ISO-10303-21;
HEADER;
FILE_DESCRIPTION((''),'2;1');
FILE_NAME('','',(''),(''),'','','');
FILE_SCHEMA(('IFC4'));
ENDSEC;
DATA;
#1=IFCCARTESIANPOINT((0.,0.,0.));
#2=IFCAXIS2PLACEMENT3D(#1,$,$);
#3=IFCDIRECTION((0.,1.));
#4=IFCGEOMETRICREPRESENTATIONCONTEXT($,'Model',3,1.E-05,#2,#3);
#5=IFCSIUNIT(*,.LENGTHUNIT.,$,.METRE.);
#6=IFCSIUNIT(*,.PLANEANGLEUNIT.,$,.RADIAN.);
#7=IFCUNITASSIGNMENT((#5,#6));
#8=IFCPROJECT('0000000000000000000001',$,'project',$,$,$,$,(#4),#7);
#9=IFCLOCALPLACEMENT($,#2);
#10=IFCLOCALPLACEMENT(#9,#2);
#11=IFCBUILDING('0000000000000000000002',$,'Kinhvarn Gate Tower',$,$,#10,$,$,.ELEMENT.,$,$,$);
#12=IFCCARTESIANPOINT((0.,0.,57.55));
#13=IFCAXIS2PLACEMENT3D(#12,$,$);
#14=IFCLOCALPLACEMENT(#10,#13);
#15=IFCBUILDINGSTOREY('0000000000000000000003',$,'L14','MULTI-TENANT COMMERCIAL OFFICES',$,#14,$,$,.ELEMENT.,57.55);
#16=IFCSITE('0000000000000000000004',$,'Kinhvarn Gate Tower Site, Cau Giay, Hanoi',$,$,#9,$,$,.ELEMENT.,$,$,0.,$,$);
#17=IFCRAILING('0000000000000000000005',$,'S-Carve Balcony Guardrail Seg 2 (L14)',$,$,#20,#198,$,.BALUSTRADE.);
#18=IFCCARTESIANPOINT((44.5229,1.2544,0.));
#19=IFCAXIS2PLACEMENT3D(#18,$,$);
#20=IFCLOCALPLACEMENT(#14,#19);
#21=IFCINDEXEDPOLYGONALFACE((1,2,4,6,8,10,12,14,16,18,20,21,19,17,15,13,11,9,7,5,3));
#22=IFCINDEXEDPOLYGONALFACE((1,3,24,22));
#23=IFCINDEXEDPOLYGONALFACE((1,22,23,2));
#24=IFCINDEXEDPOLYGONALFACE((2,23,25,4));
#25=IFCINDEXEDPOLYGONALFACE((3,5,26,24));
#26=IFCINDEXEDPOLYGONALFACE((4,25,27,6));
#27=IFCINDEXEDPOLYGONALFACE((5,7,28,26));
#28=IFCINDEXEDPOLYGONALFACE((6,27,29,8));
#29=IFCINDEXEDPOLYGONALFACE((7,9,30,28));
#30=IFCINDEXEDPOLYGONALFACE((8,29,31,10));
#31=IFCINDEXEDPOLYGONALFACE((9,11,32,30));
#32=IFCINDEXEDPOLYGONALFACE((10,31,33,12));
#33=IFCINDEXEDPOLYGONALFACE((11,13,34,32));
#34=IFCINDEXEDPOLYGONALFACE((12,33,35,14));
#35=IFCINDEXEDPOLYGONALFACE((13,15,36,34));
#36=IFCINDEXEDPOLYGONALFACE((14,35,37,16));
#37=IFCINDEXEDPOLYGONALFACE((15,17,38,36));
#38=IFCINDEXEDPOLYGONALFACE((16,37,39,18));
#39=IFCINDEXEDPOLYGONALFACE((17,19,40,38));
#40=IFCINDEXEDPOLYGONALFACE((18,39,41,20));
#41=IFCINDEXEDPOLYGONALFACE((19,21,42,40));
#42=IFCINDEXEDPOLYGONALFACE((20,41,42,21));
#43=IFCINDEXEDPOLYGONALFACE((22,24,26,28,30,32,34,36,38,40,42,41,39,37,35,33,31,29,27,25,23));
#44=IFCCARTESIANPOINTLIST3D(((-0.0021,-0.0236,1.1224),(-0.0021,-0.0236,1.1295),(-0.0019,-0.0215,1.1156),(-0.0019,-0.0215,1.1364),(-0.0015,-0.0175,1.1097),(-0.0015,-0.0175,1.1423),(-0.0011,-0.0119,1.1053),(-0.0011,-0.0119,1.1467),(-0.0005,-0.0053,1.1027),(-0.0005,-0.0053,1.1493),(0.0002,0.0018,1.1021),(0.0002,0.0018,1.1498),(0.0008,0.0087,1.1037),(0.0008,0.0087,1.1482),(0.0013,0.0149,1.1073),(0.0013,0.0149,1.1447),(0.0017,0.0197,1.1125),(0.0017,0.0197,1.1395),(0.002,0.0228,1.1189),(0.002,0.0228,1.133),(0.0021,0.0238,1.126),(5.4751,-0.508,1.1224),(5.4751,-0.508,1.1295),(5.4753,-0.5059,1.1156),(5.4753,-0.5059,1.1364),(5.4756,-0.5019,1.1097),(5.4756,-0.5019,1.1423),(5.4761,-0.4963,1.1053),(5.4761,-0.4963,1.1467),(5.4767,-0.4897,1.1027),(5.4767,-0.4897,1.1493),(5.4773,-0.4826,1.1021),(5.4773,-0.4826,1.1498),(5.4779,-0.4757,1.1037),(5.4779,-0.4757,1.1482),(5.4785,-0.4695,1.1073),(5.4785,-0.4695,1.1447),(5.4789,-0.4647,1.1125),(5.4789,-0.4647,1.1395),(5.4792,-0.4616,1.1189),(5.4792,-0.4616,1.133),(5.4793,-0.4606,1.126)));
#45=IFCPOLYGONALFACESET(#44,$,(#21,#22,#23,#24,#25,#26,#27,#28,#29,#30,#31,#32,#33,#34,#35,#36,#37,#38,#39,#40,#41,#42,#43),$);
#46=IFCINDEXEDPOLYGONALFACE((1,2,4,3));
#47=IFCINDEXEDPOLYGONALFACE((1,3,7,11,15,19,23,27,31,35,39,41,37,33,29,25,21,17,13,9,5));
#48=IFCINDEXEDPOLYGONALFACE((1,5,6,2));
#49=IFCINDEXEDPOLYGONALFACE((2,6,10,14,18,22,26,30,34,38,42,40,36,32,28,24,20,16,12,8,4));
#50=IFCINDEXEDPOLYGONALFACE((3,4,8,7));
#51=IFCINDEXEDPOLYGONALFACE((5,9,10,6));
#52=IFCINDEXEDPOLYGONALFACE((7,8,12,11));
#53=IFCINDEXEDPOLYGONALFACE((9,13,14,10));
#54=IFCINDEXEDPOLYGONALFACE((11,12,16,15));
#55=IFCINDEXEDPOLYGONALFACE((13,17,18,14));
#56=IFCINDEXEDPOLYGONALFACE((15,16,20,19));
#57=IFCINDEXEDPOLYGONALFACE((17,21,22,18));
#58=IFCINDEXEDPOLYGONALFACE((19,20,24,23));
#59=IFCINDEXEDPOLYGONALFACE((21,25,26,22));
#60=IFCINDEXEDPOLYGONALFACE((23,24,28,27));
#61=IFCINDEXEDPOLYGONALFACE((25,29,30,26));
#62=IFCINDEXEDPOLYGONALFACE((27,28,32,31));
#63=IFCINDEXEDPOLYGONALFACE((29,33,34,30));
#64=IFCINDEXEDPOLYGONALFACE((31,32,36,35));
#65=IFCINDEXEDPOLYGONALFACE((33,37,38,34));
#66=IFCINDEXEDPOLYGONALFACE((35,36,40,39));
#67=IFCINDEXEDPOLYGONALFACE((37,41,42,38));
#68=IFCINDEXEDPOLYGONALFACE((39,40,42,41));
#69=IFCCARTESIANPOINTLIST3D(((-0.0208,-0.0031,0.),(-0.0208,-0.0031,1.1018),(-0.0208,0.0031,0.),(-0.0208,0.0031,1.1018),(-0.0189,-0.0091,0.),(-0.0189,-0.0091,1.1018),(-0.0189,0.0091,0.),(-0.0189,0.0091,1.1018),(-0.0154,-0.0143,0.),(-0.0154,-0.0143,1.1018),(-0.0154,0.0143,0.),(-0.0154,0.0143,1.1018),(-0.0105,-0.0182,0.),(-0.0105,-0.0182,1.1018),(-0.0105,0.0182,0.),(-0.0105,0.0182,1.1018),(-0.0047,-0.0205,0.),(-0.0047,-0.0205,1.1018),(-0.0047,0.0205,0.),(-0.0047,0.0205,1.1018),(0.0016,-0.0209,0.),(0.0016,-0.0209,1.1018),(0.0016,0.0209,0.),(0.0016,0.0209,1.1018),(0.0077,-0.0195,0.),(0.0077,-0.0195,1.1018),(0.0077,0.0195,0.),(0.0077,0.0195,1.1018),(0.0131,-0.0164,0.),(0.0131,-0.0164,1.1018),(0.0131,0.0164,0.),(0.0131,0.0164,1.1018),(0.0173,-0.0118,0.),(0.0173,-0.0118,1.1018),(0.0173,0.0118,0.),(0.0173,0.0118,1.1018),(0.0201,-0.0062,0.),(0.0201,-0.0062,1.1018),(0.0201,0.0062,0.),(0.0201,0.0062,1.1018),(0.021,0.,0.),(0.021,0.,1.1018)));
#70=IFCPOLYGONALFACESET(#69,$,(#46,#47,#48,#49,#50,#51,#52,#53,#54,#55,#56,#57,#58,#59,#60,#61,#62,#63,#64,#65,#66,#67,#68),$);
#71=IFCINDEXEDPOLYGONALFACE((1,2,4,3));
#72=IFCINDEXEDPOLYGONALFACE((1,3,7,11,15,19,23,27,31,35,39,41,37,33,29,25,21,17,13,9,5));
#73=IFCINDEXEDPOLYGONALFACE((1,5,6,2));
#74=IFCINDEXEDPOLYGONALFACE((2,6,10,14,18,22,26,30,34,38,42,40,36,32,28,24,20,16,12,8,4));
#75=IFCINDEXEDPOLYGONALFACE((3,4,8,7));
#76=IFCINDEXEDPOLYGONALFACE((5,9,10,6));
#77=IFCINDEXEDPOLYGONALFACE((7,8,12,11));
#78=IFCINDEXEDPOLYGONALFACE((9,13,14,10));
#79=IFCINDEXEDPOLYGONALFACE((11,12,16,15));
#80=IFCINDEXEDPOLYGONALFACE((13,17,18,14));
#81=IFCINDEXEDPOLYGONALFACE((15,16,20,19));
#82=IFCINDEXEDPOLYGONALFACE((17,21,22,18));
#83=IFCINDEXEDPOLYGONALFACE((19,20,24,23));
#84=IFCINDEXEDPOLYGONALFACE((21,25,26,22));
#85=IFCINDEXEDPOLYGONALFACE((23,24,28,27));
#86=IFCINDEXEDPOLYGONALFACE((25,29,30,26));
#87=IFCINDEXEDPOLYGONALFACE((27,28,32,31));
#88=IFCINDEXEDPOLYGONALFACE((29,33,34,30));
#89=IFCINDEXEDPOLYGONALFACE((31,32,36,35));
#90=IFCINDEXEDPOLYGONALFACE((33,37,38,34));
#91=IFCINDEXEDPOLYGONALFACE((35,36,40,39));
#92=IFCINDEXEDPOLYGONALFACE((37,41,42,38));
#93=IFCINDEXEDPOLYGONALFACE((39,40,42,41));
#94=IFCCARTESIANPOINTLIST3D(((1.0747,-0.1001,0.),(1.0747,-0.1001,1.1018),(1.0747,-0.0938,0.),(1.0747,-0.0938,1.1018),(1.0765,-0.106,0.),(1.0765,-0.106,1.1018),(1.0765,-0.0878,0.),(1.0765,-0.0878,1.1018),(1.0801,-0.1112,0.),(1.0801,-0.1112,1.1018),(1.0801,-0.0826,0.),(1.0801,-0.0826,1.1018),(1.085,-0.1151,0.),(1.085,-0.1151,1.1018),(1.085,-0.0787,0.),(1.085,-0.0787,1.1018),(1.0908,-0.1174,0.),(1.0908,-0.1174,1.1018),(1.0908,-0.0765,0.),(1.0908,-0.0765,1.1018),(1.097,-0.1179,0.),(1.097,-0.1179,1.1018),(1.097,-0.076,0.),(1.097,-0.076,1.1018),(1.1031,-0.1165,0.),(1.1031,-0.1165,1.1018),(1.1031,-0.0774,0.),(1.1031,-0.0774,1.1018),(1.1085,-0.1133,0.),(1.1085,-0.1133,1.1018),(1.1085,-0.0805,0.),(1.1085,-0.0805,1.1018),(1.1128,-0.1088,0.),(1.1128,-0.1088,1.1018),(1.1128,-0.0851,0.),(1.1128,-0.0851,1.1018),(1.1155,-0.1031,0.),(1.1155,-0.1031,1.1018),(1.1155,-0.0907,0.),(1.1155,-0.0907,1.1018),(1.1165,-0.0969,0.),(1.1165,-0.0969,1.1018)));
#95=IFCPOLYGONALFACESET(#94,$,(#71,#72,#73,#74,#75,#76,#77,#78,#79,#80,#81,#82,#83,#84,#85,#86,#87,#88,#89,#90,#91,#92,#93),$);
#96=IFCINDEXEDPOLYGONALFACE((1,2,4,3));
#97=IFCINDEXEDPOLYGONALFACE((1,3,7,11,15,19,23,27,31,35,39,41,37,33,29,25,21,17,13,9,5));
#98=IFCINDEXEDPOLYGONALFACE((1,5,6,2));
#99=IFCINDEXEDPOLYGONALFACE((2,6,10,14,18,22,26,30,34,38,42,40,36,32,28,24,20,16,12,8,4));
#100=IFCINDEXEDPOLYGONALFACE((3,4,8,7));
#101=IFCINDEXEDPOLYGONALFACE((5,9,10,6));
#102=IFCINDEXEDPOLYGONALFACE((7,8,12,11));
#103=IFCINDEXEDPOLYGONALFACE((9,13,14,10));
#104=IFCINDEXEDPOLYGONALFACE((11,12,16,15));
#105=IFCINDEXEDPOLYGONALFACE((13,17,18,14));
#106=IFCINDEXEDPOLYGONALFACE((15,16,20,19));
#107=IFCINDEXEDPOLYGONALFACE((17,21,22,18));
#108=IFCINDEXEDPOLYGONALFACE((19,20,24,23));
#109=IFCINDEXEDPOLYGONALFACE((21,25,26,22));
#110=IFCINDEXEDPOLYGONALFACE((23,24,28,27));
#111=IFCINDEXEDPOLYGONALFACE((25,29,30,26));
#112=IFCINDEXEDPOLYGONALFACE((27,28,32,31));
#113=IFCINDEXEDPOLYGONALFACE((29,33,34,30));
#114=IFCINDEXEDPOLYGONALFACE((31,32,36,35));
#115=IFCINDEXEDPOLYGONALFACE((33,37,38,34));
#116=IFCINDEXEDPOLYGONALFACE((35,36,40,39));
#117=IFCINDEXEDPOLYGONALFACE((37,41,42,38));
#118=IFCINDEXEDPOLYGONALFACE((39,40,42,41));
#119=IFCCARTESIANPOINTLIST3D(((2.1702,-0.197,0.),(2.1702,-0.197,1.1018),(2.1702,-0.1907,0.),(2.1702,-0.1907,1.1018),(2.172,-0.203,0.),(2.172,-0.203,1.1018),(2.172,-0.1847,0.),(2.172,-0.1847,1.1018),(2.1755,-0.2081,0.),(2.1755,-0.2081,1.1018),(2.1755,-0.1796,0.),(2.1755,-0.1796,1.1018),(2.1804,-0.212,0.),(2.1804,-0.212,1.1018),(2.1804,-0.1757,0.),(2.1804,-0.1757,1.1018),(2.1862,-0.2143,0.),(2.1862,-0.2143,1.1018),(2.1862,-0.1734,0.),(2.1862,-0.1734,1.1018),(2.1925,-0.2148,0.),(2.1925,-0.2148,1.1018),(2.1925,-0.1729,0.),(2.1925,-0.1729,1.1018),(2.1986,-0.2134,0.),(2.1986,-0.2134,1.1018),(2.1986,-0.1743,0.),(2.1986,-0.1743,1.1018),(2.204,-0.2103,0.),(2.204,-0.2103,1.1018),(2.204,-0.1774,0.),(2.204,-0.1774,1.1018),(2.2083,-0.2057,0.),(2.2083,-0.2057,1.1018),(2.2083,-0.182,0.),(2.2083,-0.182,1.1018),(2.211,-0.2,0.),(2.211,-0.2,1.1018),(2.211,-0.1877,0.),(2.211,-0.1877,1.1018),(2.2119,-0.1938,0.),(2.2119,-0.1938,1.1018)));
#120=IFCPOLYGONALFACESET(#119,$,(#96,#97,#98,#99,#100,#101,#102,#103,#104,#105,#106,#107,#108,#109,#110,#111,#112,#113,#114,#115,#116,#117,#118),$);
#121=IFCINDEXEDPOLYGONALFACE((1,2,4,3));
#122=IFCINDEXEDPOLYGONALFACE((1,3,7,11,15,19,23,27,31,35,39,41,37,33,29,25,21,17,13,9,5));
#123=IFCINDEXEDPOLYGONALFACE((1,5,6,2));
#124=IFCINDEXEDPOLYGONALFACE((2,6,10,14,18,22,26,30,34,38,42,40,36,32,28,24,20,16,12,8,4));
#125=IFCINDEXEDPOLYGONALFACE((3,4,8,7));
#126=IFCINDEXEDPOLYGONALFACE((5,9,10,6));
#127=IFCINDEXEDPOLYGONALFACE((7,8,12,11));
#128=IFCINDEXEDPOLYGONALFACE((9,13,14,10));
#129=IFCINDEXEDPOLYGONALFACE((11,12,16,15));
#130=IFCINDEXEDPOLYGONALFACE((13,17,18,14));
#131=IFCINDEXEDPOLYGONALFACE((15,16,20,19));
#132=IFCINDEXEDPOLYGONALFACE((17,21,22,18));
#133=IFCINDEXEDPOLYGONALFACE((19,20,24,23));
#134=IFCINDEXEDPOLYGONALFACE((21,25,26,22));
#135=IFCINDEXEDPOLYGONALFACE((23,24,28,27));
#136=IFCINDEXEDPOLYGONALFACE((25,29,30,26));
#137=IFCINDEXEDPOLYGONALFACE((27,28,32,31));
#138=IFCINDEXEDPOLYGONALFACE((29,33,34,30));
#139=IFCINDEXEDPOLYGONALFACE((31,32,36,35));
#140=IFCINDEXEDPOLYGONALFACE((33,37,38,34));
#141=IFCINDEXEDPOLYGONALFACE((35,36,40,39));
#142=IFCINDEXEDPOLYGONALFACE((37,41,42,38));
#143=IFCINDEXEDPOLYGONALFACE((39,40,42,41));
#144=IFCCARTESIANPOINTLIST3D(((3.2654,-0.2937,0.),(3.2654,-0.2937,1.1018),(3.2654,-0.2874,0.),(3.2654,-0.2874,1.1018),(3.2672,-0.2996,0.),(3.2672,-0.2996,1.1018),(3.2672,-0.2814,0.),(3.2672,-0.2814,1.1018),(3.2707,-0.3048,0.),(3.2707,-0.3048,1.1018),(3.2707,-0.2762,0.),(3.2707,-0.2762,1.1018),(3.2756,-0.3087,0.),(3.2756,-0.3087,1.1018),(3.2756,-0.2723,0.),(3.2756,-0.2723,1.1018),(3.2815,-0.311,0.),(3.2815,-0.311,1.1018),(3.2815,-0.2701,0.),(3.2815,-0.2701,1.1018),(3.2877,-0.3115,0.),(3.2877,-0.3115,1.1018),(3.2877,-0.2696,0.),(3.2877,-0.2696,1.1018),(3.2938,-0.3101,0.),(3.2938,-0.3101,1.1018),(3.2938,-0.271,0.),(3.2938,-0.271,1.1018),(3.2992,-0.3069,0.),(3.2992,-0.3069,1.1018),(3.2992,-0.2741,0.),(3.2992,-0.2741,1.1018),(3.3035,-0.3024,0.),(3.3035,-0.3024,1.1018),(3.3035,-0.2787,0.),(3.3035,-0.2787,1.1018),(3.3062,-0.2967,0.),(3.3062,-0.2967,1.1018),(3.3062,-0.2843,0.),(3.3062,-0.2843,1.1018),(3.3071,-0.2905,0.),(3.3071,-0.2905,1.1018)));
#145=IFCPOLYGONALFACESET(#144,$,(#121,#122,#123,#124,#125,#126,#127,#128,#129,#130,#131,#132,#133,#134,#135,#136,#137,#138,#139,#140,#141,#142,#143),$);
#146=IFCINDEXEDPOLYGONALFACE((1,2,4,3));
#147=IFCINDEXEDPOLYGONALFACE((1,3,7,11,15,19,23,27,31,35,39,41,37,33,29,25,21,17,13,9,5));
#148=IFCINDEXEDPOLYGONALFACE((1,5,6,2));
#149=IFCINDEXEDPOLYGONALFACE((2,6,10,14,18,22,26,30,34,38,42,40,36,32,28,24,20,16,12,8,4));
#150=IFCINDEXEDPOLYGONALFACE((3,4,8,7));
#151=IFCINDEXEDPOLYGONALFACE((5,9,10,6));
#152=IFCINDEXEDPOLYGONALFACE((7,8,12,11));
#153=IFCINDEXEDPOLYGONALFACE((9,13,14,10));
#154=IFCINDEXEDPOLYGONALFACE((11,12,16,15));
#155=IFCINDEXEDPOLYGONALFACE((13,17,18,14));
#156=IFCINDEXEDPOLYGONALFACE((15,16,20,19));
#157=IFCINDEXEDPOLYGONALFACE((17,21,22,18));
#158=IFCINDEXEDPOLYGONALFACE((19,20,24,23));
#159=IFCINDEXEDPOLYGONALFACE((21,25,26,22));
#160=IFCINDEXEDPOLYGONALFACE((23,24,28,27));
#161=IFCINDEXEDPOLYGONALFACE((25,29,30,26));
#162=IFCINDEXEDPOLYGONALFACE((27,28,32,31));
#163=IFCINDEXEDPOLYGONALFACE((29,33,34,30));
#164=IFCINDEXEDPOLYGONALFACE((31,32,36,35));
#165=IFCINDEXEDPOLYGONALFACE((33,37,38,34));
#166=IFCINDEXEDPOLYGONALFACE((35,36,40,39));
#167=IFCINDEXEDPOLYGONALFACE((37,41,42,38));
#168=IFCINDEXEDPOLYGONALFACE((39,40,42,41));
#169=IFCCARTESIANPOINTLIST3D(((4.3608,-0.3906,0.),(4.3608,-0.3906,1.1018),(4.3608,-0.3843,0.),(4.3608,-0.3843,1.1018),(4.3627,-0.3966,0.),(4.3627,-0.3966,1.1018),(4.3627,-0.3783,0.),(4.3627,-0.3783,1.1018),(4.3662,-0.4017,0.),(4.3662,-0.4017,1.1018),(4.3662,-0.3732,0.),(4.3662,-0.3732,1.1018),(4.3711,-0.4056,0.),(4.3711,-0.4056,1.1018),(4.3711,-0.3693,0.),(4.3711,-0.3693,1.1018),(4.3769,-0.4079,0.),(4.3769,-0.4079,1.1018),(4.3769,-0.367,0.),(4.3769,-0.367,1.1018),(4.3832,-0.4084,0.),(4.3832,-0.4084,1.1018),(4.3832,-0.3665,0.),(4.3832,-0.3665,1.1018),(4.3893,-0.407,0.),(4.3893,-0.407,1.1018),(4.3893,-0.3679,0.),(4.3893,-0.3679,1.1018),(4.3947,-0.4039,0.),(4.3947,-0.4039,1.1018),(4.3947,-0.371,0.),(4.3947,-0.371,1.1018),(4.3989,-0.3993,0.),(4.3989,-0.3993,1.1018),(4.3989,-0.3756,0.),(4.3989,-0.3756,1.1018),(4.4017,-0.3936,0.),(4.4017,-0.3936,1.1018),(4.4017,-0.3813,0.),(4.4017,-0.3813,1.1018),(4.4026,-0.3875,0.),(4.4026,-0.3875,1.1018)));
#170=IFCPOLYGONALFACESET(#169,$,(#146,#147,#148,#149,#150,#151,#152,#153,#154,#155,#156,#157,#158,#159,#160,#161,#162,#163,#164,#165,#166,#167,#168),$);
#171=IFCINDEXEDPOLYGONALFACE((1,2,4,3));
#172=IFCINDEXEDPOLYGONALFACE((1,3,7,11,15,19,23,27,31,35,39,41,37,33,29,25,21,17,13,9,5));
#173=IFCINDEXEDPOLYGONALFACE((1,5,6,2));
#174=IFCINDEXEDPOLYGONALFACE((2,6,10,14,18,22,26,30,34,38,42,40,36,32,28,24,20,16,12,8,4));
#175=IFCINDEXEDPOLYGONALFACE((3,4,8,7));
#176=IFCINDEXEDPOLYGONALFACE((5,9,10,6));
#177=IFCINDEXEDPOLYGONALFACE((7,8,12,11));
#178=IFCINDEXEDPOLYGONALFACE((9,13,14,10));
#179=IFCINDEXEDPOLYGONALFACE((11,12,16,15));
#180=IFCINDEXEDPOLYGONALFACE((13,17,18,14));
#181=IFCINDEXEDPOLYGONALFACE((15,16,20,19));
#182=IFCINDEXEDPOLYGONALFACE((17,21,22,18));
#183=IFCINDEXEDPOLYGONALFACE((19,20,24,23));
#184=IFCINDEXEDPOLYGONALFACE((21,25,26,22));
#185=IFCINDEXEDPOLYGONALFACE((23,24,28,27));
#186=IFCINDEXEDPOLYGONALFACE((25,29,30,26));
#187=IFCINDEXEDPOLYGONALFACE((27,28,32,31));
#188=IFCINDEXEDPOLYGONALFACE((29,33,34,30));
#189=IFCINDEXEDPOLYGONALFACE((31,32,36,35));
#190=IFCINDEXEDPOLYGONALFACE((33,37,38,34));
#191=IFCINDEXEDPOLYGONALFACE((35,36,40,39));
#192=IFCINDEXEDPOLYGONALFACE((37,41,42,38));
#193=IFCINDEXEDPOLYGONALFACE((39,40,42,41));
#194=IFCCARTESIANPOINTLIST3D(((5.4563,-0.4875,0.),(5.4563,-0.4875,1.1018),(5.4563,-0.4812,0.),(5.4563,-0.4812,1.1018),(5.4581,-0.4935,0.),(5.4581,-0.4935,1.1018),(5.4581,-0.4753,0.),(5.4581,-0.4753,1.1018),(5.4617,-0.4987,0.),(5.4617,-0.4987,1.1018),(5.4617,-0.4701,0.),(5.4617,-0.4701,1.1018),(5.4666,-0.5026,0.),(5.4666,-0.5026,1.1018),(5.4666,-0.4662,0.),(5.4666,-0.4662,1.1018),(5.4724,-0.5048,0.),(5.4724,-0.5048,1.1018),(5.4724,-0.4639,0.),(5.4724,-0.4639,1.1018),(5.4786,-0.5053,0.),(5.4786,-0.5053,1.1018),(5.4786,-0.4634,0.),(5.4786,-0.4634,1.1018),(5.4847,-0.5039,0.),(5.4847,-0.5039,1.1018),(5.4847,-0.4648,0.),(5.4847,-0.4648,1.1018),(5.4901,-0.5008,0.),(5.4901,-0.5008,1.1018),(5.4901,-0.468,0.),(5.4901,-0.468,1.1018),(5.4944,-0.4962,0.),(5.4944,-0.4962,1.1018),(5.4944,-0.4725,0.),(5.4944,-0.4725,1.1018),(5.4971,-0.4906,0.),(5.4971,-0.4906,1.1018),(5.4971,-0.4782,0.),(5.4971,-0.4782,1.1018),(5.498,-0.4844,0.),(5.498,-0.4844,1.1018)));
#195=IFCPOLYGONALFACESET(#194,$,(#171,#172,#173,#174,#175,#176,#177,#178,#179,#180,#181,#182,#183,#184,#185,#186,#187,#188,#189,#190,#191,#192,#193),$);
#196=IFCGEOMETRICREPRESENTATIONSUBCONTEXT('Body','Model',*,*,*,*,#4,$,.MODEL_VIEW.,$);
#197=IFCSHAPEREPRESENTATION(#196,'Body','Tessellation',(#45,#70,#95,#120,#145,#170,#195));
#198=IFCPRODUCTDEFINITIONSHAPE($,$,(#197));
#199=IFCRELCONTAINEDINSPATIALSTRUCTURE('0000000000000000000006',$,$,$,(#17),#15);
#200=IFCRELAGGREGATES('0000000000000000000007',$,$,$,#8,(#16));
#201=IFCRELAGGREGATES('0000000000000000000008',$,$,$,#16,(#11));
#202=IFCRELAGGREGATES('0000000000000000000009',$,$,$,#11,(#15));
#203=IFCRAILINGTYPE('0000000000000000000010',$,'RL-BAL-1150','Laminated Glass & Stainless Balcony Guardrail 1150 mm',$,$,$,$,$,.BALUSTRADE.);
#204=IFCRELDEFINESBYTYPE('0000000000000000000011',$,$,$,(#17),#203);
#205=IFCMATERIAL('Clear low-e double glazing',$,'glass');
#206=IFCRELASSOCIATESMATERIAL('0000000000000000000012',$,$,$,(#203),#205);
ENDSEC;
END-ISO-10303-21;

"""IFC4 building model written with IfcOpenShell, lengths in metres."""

from ifc_helpers import new_model, si_unit, direction, frame, origin, origin_2d, place, context, subcontext, project, spatial, circle, extrude, material, type_object, element, save


model = new_model("IFC4")

# Units and contexts
model_context = context("Model", 3, precision=1e-05, world=origin(), true_north=direction((0.0, 1.0)))
body_context = subcontext(model_context, "Body", "Model", "MODEL_VIEW")
ifc_project = project(units=[si_unit("LENGTHUNIT", "METRE"), si_unit("PLANEANGLEUNIT", "RADIAN")], contexts=[model_context])

# Site, building, storey
site_placement = place(None, origin())
site = spatial("IfcSite", under=ifc_project, at=site_placement, Name="Kinhvarn Gate Tower Site, Cau Giay, Hanoi", CompositionType="ELEMENT", RefElevation=0.0)
building_placement = place(site_placement, origin())
building = spatial("IfcBuilding", under=site, at=building_placement, Name="Kinhvarn Gate Tower", CompositionType="ELEMENT")
storey_placement = place(building_placement, frame((0.0, 0.0, 57.55)))
storey = spatial("IfcBuildingStorey", under=building, at=storey_placement, Name="L14", Description="MULTI-TENANT COMMERCIAL OFFICES", CompositionType="ELEMENT", Elevation=57.55)

# Shared definitions
ifc_material_1 = material(Name="Clear low-e double glazing", Category="glass")

# Railing
railing_type = type_object("IfcRailingType", Name="RL-BAL-1150", Description="Laminated Glass & Stainless Balcony Guardrail 1150 mm", PredefinedType="BALUSTRADE", material=ifc_material_1)
railing_1_placement = place(storey_placement, frame((44.5229, 1.2544, 0.0)))
element("IfcRailing", 1, at=railing_1_placement, inside=storey, type_object=railing_type, Name="S-Carve Balcony Guardrail Seg 2 (L14)", PredefinedType="BALUSTRADE", context=body_context, shape_type="SweptSolid", body=[
    extrude(circle(Radius=0.0239, at=origin_2d()), frame((0.0, 0.0, 1.126), z_axis=(0.996112, -0.088093, 0.0), x_axis=(0.088093, 0.996112, 0.0)), (0.0, 0.0, 1.0), 5.4985),
    extrude(circle(Radius=0.021, at=origin_2d()), origin(), (0.0, 0.0, 1.0), 1.1018),
    extrude(circle(Radius=0.021, at=origin_2d()), frame((1.0955, -0.0969, 0.0)), (0.0, 0.0, 1.0), 1.1018),
    extrude(circle(Radius=0.021, at=origin_2d()), frame((2.1909, -0.1938, 0.0)), (0.0, 0.0, 1.0), 1.1018),
    extrude(circle(Radius=0.021, at=origin_2d()), frame((3.2861, -0.2905, 0.0)), (0.0, 0.0, 1.0), 1.1018),
    extrude(circle(Radius=0.021, at=origin_2d()), frame((4.3816, -0.3875, 0.0)), (0.0, 0.0, 1.0), 1.1018),
    extrude(circle(Radius=0.021, at=origin_2d()), frame((5.4771, -0.4844, 0.0)), (0.0, 0.0, 1.0), 1.1018),
])

save(model, "model.ifc")
